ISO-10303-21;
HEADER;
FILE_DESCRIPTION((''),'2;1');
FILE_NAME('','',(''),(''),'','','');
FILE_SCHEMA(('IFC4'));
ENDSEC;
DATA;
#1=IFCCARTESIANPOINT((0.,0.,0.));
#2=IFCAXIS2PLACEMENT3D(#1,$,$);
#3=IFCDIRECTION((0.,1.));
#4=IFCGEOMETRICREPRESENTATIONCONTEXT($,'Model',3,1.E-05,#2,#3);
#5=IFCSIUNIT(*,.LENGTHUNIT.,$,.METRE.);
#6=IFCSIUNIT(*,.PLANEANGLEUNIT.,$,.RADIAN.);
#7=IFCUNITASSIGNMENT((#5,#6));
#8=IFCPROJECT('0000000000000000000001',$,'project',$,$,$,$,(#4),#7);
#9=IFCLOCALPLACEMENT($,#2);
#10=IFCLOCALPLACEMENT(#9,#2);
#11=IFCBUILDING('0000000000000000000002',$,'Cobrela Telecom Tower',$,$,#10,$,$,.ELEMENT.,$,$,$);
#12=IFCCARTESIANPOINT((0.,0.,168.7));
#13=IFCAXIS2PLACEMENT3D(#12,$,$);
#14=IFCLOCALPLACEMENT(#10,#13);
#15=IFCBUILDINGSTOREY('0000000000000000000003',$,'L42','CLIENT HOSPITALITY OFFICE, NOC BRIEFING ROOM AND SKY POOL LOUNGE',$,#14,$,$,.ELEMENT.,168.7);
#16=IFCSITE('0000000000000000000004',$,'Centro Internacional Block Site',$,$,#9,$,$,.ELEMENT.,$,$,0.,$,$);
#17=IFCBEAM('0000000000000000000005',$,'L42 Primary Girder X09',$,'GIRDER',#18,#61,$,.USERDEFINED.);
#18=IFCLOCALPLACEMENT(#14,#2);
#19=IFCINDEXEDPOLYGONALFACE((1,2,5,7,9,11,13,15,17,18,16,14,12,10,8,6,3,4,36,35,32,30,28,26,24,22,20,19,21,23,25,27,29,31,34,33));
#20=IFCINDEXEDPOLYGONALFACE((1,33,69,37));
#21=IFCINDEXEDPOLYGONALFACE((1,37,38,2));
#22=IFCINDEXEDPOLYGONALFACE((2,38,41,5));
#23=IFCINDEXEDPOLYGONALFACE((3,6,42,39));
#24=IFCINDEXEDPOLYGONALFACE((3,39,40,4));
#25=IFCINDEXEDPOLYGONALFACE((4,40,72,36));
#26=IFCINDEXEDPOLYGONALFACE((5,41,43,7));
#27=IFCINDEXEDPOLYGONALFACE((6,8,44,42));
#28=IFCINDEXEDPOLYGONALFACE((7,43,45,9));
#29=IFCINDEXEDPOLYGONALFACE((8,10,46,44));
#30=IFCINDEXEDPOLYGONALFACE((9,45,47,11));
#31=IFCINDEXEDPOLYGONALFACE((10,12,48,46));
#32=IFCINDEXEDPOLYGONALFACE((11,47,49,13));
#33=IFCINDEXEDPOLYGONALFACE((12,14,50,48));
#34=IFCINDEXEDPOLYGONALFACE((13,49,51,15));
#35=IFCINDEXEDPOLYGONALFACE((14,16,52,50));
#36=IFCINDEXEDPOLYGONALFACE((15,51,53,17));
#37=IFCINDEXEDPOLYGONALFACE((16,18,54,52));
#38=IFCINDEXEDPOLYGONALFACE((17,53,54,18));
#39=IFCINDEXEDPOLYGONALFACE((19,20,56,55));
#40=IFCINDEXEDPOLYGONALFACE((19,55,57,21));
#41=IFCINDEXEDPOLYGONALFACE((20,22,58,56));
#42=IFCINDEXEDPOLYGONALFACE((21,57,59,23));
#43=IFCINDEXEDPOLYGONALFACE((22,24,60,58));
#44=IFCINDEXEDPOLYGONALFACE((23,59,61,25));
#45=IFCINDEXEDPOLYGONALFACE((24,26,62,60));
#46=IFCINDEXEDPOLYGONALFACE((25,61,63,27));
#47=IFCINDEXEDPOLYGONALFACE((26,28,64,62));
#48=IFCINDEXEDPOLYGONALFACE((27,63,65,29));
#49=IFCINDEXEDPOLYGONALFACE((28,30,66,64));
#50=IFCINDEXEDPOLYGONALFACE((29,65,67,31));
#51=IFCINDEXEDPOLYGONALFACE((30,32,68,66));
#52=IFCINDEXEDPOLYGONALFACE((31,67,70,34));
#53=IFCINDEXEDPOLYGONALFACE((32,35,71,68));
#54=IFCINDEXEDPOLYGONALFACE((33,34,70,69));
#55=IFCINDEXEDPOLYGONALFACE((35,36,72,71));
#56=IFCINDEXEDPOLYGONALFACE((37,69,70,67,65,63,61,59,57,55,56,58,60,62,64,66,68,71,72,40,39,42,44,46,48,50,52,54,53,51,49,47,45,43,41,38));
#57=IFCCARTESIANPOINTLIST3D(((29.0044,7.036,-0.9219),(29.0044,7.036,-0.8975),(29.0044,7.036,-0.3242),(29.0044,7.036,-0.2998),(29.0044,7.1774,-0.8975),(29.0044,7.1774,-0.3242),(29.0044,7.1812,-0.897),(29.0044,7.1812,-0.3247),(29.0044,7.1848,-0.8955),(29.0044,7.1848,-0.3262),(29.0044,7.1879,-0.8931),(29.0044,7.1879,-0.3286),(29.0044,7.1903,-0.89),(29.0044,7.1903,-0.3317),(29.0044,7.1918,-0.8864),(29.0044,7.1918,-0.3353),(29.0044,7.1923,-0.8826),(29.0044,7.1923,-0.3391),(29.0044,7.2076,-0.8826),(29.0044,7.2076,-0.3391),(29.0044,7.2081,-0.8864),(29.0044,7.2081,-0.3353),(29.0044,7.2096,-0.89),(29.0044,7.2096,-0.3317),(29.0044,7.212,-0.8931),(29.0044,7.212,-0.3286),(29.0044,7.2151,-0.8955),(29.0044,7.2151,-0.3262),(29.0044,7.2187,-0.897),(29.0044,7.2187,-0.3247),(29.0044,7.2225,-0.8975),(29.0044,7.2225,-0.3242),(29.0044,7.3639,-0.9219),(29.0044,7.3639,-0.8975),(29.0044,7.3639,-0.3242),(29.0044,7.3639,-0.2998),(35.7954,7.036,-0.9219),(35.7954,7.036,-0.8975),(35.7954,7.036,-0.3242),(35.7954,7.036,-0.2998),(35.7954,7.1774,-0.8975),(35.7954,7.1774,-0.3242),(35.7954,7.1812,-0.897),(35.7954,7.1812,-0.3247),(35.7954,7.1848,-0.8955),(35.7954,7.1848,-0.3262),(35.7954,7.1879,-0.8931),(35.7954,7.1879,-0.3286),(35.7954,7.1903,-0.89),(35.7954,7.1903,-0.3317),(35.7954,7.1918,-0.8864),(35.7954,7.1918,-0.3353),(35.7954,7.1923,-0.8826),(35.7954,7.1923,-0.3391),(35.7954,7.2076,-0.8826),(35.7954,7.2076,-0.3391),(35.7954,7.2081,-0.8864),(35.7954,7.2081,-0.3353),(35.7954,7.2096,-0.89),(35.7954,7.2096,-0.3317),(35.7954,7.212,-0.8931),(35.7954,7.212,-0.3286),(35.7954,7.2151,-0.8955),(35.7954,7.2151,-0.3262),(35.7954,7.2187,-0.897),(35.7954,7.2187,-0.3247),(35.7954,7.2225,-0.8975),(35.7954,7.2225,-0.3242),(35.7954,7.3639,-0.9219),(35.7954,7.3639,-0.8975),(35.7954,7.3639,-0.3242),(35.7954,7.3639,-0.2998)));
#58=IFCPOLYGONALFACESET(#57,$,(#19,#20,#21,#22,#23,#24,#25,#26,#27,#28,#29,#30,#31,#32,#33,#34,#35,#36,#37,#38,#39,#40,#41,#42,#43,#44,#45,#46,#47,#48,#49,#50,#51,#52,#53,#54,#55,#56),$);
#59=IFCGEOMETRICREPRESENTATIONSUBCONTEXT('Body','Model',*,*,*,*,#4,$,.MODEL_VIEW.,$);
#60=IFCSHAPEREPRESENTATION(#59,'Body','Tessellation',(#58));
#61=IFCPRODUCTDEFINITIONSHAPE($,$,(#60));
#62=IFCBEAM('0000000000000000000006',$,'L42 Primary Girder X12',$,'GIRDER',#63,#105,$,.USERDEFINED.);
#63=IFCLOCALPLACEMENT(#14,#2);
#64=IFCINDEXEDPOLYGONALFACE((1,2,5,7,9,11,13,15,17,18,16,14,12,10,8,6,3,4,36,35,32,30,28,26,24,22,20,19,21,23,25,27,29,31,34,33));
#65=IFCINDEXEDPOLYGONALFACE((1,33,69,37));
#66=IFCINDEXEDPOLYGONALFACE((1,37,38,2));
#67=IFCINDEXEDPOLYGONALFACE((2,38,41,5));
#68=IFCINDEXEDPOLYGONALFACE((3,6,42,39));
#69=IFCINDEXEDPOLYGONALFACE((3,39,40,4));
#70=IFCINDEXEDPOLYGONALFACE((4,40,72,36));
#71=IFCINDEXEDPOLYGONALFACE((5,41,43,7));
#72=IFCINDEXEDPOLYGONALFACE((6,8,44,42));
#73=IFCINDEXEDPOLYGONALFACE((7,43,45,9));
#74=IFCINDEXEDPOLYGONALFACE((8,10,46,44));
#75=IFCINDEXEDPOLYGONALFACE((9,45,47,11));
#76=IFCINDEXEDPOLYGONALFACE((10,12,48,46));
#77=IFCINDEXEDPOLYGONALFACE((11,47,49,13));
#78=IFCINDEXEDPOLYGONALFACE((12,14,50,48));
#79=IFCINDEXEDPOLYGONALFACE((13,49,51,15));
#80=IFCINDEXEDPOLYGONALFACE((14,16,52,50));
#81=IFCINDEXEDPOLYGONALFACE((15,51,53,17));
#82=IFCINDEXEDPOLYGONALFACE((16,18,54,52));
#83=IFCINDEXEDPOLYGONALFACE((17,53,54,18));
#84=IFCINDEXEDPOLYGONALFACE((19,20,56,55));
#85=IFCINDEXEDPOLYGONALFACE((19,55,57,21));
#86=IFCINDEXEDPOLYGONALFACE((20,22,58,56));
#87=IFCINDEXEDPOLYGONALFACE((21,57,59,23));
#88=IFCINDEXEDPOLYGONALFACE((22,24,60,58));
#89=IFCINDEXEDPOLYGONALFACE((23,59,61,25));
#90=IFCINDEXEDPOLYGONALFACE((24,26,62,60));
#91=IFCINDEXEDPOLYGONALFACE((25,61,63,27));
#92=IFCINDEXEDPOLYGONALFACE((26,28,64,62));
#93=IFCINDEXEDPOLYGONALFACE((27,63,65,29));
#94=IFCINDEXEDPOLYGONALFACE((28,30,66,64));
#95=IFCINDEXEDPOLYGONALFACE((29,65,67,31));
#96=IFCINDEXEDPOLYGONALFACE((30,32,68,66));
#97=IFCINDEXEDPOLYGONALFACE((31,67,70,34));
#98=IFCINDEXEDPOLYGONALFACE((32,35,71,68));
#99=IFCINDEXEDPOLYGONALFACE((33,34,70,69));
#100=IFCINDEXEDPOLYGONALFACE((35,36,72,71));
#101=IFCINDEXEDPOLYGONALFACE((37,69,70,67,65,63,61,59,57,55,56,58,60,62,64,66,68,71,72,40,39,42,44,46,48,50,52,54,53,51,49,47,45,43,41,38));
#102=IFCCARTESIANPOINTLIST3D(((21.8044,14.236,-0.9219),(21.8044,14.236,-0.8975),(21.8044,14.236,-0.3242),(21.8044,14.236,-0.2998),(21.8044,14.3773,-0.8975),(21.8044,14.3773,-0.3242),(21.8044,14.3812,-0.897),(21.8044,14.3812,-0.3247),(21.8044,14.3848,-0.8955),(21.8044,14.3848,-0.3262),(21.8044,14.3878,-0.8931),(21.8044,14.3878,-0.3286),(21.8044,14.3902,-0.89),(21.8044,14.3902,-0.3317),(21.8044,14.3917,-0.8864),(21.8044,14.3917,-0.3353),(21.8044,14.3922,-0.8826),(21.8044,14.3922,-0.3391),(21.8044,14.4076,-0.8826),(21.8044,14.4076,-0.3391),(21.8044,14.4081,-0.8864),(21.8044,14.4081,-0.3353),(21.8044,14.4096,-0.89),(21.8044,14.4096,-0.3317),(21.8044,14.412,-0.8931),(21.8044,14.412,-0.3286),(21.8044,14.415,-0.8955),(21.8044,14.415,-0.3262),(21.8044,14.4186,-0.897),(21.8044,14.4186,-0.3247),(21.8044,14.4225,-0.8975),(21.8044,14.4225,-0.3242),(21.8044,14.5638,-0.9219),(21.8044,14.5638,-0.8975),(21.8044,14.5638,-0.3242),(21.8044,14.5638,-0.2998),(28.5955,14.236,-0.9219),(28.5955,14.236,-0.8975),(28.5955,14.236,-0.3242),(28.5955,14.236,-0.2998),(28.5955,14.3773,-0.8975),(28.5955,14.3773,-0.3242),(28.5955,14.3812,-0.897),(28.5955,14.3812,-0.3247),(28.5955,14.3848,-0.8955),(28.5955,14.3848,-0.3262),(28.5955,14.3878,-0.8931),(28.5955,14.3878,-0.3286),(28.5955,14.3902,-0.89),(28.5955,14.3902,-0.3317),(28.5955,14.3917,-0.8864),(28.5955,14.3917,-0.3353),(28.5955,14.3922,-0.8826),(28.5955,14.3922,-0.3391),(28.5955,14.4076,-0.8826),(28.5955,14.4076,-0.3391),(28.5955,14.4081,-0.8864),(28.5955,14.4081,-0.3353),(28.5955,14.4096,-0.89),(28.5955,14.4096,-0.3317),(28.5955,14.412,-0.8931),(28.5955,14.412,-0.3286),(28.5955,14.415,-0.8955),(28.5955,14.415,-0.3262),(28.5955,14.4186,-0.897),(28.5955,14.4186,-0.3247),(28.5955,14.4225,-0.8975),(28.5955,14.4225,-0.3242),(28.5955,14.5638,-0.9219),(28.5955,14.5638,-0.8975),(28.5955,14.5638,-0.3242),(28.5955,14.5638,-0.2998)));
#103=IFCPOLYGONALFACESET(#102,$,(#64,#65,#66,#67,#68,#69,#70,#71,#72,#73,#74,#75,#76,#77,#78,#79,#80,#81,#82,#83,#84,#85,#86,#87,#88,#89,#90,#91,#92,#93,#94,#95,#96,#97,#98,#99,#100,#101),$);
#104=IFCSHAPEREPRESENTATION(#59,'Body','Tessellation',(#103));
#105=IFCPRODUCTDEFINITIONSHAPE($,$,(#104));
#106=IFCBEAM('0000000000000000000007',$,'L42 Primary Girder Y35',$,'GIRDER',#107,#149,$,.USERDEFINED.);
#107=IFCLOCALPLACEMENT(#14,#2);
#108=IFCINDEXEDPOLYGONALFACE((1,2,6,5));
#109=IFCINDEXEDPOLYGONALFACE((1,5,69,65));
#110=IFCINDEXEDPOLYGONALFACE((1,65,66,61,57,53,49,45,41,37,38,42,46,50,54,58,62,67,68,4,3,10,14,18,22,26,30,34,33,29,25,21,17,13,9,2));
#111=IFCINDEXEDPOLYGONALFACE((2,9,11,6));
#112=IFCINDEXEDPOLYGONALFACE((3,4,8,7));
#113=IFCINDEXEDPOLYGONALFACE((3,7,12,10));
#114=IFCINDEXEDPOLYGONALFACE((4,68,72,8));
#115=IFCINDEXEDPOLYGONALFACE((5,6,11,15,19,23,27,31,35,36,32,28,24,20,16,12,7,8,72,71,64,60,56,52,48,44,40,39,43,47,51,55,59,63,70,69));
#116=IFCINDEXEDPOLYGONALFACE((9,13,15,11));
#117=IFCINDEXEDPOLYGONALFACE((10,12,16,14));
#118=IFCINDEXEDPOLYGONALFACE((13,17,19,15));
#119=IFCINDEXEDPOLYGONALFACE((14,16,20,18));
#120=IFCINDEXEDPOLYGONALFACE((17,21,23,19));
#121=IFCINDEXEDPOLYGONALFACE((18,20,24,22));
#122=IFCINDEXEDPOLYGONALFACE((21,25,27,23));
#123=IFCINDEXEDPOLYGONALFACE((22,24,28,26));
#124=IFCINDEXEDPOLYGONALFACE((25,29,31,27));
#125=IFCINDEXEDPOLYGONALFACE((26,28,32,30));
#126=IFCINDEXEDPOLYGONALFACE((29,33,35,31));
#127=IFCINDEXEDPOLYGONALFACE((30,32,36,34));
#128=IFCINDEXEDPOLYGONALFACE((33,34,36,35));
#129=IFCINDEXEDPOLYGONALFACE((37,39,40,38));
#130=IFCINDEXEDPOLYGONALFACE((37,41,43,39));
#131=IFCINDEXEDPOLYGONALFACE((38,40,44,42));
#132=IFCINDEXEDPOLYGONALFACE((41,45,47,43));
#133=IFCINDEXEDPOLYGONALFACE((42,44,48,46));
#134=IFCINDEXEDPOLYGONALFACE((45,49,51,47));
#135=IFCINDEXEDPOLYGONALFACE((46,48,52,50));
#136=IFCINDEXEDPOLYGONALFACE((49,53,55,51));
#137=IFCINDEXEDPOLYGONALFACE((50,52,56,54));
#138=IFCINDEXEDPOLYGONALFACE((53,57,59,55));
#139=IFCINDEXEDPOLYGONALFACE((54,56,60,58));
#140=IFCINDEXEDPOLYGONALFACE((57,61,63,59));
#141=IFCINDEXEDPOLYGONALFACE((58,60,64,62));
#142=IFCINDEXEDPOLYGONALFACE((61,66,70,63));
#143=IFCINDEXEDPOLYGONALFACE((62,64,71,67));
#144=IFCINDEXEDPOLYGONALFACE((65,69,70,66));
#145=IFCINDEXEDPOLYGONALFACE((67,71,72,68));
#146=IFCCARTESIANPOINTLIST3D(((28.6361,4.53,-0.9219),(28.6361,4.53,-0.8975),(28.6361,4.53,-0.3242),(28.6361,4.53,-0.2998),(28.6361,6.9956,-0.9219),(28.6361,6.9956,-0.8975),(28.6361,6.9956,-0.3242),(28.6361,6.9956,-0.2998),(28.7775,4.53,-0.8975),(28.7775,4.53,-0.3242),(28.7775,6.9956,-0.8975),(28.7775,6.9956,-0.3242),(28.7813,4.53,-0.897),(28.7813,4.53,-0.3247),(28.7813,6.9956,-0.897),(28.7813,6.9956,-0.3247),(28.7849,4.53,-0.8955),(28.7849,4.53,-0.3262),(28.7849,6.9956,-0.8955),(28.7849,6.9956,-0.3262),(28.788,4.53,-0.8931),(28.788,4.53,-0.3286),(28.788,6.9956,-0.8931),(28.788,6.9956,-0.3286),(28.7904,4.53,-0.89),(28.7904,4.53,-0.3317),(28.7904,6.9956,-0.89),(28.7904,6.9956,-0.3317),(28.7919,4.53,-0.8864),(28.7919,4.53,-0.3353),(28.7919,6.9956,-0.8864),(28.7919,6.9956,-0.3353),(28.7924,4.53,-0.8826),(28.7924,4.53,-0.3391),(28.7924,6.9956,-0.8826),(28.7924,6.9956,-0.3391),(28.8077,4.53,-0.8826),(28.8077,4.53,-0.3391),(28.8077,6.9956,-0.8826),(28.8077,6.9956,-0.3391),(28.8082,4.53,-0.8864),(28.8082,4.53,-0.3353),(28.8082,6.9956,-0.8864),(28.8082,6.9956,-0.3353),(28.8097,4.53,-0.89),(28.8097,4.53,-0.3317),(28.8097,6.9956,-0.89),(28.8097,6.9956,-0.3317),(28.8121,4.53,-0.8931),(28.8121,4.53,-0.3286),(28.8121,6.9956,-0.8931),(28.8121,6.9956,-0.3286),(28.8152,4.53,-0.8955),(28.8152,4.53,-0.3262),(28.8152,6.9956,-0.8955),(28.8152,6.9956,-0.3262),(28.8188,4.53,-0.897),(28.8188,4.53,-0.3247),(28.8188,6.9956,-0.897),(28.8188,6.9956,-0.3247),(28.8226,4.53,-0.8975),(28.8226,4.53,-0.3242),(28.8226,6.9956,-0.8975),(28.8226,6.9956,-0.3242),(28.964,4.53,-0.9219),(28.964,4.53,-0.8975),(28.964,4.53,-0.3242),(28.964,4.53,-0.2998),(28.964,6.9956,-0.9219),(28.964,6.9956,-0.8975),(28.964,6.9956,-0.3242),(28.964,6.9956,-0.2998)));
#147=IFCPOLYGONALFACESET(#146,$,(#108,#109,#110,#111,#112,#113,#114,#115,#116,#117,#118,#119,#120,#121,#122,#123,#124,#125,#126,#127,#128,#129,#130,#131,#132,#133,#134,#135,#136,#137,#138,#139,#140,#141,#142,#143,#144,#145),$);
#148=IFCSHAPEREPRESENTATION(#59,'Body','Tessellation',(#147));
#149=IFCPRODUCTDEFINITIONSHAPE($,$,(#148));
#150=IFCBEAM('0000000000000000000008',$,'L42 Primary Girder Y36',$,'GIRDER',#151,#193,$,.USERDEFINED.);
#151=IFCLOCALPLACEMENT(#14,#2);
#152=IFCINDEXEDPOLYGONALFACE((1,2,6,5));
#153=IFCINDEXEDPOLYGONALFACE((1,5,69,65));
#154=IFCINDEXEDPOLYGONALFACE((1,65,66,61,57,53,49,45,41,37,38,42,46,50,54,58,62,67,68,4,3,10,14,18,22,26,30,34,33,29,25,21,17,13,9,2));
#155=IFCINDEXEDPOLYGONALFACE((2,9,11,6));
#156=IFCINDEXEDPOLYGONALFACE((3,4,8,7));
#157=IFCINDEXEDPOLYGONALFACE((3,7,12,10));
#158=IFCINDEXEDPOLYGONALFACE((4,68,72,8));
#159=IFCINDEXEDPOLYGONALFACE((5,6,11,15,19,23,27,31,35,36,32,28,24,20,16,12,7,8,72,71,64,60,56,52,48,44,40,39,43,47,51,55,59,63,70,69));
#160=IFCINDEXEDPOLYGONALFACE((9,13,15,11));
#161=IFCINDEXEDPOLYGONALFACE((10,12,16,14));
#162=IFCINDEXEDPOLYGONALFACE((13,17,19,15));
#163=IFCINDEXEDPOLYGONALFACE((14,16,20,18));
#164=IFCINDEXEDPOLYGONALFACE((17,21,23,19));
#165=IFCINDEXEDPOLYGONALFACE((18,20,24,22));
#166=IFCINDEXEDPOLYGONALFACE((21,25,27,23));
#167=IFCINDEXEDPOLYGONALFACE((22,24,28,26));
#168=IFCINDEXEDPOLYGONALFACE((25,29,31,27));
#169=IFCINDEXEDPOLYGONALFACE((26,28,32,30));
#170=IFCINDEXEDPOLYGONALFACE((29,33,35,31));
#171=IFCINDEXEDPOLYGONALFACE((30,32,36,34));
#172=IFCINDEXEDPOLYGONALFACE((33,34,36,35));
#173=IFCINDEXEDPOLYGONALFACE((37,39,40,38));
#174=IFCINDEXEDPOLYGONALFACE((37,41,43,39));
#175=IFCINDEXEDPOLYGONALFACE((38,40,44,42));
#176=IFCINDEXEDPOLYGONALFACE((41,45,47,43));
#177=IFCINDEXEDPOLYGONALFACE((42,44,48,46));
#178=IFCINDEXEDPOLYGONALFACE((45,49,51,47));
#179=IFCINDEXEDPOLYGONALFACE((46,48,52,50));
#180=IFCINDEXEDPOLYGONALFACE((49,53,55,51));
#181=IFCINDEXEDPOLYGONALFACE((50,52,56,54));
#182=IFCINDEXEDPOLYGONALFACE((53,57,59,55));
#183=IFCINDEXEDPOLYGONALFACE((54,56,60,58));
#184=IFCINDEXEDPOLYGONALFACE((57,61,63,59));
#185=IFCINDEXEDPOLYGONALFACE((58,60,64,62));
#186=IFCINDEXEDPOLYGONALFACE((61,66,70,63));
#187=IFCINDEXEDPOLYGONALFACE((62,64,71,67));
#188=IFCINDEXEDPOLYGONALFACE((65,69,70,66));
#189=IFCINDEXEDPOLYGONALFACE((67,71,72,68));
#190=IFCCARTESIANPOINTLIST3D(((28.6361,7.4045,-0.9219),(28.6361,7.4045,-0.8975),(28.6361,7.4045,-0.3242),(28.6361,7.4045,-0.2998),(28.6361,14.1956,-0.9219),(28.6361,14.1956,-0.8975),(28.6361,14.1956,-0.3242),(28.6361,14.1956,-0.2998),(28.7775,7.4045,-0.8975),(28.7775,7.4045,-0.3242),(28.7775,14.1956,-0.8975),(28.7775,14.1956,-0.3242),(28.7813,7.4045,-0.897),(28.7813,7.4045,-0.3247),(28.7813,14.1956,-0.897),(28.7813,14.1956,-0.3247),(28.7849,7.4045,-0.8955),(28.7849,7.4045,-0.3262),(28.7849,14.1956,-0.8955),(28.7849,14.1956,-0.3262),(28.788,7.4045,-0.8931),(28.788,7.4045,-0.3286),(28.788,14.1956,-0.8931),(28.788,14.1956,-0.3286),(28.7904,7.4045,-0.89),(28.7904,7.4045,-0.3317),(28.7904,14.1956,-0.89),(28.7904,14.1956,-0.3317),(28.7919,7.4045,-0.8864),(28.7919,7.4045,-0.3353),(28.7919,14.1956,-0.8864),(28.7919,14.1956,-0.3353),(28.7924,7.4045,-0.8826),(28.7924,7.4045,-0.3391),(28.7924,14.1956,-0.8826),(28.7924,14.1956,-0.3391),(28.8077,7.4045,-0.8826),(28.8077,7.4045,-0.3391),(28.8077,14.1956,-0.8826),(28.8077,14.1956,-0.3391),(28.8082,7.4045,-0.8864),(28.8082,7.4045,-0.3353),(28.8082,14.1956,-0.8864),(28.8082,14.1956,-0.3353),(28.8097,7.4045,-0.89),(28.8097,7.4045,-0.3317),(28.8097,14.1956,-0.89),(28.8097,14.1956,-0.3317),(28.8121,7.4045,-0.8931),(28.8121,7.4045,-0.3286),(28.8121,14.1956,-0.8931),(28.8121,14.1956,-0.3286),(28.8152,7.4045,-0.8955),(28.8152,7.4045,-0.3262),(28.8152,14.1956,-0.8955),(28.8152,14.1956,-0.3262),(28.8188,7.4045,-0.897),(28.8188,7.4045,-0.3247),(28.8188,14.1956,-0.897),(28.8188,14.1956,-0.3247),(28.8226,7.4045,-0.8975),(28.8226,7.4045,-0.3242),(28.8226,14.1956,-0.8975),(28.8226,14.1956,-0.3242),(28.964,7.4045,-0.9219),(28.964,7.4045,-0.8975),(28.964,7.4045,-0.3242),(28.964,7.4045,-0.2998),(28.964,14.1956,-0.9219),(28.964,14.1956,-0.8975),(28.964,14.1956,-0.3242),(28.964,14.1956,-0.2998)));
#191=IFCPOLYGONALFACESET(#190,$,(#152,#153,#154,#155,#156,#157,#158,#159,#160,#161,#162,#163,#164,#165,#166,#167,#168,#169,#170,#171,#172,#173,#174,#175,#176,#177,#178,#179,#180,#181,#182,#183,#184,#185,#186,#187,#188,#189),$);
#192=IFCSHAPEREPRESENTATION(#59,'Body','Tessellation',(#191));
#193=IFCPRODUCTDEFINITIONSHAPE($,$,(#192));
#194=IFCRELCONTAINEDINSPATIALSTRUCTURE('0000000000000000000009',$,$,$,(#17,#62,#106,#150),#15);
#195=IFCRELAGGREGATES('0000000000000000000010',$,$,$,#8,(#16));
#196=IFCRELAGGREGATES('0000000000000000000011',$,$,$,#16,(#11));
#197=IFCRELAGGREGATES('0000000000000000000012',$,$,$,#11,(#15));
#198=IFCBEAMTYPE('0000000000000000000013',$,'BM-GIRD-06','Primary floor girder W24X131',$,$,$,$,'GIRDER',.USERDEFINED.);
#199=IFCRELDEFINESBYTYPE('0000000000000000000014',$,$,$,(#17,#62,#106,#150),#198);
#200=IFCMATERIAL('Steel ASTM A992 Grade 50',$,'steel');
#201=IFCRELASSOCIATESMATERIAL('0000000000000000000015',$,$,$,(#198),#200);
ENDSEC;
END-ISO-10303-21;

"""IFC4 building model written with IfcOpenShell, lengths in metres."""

from ifc_helpers import new_model, si_unit, direction, frame, origin, origin_2d, place, context, subcontext, project, spatial, i_section, extrude, material, material_profile, profile_set, type_object, element, save


model = new_model("IFC4")

# Units and contexts
model_context = context("Model", 3, precision=1e-05, world=origin(), true_north=direction((0.0, 1.0)))
body_context = subcontext(model_context, "Body", "Model", "MODEL_VIEW")
ifc_project = project(units=[si_unit("LENGTHUNIT", "METRE"), si_unit("PLANEANGLEUNIT", "RADIAN")], contexts=[model_context])

# Site, building, storey
site_placement = place(None, origin())
site = spatial("IfcSite", under=ifc_project, at=site_placement, Name="Centro Internacional Block Site", CompositionType="ELEMENT", RefElevation=0.0)
building_placement = place(site_placement, origin())
building = spatial("IfcBuilding", under=site, at=building_placement, Name="Cobrela Telecom Tower", CompositionType="ELEMENT")
storey_placement = place(building_placement, frame((0.0, 0.0, 168.7)))
storey = spatial("IfcBuildingStorey", under=building, at=storey_placement, Name="L42", Description="CLIENT HOSPITALITY OFFICE, NOC BRIEFING ROOM AND SKY POOL LOUNGE", CompositionType="ELEMENT", Elevation=168.7)

# Shared definitions
ifc_material_1 = material(Name="Steel ASTM A992 Grade 50", Category="steel")

# Beams
ifc_material_profile_1 = material_profile(ifc_material_1, i_section(OverallWidth=0.3279, OverallDepth=0.6221, WebThickness=0.0154, FlangeThickness=0.0244, FilletRadius=0.0149, at=origin_2d()), Name="W24X131")
ifc_profile_set_1 = profile_set([ifc_material_profile_1], Name="Steel ASTM A992 Grade 50")
beam_type_1 = type_object("IfcBeamType", Name="BM-GIRD-06", Description="Primary floor girder W24X131", ElementType="GIRDER", PredefinedType="USERDEFINED", material=ifc_profile_set_1)
for number, where, z_axis, x_axis, name in (
    (1, (29.0044, 7.2, -0.6108), (1.0, 0.0, 0.0), (0.0, 1.0, 0.0), "L42 Primary Girder X09"),
    (2, (21.8044, 14.3999, -0.6108), (1.0, 0.0, 0.0), (0.0, 1.0, 0.0), "L42 Primary Girder X12"),
):
    element("IfcBeam", number, at=place(storey_placement, frame(where, z_axis=z_axis, x_axis=x_axis)), inside=storey, type_object=beam_type_1, Name=name, ObjectType="GIRDER", PredefinedType="USERDEFINED", context=body_context, shape_type="SweptSolid", body=[
        extrude(i_section(OverallWidth=0.3279, OverallDepth=0.6221, WebThickness=0.0154, FlangeThickness=0.0244, FilletRadius=0.0149, at=origin_2d()), origin(), (0.0, 0.0, 1.0), 6.791),
    ])
beam_1_placement = place(storey_placement, frame((28.8, 4.53, -0.6108), z_axis=(0.0, 1.0, 0.0), x_axis=(-1.0, 0.0, 0.0)))
element("IfcBeam", 3, at=beam_1_placement, inside=storey, type_object=beam_type_1, Name="L42 Primary Girder Y35", ObjectType="GIRDER", PredefinedType="USERDEFINED", context=body_context, shape_type="SweptSolid", body=[
    extrude(i_section(OverallWidth=0.3279, OverallDepth=0.6221, WebThickness=0.0154, FlangeThickness=0.0244, FilletRadius=0.0149, at=origin_2d()), origin(), (0.0, 0.0, 1.0), 2.4656),
])
beam_2_placement = place(storey_placement, frame((28.8, 7.4045, -0.6108), z_axis=(0.0, 1.0, 0.0), x_axis=(-1.0, 0.0, 0.0)))
element("IfcBeam", 4, at=beam_2_placement, inside=storey, type_object=beam_type_1, Name="L42 Primary Girder Y36", ObjectType="GIRDER", PredefinedType="USERDEFINED", context=body_context, shape_type="SweptSolid", body=[
    extrude(i_section(OverallWidth=0.3279, OverallDepth=0.6221, WebThickness=0.0154, FlangeThickness=0.0244, FilletRadius=0.0149, at=origin_2d()), origin(), (0.0, 0.0, 1.0), 6.791),
])

save(model, "model.ifc")
